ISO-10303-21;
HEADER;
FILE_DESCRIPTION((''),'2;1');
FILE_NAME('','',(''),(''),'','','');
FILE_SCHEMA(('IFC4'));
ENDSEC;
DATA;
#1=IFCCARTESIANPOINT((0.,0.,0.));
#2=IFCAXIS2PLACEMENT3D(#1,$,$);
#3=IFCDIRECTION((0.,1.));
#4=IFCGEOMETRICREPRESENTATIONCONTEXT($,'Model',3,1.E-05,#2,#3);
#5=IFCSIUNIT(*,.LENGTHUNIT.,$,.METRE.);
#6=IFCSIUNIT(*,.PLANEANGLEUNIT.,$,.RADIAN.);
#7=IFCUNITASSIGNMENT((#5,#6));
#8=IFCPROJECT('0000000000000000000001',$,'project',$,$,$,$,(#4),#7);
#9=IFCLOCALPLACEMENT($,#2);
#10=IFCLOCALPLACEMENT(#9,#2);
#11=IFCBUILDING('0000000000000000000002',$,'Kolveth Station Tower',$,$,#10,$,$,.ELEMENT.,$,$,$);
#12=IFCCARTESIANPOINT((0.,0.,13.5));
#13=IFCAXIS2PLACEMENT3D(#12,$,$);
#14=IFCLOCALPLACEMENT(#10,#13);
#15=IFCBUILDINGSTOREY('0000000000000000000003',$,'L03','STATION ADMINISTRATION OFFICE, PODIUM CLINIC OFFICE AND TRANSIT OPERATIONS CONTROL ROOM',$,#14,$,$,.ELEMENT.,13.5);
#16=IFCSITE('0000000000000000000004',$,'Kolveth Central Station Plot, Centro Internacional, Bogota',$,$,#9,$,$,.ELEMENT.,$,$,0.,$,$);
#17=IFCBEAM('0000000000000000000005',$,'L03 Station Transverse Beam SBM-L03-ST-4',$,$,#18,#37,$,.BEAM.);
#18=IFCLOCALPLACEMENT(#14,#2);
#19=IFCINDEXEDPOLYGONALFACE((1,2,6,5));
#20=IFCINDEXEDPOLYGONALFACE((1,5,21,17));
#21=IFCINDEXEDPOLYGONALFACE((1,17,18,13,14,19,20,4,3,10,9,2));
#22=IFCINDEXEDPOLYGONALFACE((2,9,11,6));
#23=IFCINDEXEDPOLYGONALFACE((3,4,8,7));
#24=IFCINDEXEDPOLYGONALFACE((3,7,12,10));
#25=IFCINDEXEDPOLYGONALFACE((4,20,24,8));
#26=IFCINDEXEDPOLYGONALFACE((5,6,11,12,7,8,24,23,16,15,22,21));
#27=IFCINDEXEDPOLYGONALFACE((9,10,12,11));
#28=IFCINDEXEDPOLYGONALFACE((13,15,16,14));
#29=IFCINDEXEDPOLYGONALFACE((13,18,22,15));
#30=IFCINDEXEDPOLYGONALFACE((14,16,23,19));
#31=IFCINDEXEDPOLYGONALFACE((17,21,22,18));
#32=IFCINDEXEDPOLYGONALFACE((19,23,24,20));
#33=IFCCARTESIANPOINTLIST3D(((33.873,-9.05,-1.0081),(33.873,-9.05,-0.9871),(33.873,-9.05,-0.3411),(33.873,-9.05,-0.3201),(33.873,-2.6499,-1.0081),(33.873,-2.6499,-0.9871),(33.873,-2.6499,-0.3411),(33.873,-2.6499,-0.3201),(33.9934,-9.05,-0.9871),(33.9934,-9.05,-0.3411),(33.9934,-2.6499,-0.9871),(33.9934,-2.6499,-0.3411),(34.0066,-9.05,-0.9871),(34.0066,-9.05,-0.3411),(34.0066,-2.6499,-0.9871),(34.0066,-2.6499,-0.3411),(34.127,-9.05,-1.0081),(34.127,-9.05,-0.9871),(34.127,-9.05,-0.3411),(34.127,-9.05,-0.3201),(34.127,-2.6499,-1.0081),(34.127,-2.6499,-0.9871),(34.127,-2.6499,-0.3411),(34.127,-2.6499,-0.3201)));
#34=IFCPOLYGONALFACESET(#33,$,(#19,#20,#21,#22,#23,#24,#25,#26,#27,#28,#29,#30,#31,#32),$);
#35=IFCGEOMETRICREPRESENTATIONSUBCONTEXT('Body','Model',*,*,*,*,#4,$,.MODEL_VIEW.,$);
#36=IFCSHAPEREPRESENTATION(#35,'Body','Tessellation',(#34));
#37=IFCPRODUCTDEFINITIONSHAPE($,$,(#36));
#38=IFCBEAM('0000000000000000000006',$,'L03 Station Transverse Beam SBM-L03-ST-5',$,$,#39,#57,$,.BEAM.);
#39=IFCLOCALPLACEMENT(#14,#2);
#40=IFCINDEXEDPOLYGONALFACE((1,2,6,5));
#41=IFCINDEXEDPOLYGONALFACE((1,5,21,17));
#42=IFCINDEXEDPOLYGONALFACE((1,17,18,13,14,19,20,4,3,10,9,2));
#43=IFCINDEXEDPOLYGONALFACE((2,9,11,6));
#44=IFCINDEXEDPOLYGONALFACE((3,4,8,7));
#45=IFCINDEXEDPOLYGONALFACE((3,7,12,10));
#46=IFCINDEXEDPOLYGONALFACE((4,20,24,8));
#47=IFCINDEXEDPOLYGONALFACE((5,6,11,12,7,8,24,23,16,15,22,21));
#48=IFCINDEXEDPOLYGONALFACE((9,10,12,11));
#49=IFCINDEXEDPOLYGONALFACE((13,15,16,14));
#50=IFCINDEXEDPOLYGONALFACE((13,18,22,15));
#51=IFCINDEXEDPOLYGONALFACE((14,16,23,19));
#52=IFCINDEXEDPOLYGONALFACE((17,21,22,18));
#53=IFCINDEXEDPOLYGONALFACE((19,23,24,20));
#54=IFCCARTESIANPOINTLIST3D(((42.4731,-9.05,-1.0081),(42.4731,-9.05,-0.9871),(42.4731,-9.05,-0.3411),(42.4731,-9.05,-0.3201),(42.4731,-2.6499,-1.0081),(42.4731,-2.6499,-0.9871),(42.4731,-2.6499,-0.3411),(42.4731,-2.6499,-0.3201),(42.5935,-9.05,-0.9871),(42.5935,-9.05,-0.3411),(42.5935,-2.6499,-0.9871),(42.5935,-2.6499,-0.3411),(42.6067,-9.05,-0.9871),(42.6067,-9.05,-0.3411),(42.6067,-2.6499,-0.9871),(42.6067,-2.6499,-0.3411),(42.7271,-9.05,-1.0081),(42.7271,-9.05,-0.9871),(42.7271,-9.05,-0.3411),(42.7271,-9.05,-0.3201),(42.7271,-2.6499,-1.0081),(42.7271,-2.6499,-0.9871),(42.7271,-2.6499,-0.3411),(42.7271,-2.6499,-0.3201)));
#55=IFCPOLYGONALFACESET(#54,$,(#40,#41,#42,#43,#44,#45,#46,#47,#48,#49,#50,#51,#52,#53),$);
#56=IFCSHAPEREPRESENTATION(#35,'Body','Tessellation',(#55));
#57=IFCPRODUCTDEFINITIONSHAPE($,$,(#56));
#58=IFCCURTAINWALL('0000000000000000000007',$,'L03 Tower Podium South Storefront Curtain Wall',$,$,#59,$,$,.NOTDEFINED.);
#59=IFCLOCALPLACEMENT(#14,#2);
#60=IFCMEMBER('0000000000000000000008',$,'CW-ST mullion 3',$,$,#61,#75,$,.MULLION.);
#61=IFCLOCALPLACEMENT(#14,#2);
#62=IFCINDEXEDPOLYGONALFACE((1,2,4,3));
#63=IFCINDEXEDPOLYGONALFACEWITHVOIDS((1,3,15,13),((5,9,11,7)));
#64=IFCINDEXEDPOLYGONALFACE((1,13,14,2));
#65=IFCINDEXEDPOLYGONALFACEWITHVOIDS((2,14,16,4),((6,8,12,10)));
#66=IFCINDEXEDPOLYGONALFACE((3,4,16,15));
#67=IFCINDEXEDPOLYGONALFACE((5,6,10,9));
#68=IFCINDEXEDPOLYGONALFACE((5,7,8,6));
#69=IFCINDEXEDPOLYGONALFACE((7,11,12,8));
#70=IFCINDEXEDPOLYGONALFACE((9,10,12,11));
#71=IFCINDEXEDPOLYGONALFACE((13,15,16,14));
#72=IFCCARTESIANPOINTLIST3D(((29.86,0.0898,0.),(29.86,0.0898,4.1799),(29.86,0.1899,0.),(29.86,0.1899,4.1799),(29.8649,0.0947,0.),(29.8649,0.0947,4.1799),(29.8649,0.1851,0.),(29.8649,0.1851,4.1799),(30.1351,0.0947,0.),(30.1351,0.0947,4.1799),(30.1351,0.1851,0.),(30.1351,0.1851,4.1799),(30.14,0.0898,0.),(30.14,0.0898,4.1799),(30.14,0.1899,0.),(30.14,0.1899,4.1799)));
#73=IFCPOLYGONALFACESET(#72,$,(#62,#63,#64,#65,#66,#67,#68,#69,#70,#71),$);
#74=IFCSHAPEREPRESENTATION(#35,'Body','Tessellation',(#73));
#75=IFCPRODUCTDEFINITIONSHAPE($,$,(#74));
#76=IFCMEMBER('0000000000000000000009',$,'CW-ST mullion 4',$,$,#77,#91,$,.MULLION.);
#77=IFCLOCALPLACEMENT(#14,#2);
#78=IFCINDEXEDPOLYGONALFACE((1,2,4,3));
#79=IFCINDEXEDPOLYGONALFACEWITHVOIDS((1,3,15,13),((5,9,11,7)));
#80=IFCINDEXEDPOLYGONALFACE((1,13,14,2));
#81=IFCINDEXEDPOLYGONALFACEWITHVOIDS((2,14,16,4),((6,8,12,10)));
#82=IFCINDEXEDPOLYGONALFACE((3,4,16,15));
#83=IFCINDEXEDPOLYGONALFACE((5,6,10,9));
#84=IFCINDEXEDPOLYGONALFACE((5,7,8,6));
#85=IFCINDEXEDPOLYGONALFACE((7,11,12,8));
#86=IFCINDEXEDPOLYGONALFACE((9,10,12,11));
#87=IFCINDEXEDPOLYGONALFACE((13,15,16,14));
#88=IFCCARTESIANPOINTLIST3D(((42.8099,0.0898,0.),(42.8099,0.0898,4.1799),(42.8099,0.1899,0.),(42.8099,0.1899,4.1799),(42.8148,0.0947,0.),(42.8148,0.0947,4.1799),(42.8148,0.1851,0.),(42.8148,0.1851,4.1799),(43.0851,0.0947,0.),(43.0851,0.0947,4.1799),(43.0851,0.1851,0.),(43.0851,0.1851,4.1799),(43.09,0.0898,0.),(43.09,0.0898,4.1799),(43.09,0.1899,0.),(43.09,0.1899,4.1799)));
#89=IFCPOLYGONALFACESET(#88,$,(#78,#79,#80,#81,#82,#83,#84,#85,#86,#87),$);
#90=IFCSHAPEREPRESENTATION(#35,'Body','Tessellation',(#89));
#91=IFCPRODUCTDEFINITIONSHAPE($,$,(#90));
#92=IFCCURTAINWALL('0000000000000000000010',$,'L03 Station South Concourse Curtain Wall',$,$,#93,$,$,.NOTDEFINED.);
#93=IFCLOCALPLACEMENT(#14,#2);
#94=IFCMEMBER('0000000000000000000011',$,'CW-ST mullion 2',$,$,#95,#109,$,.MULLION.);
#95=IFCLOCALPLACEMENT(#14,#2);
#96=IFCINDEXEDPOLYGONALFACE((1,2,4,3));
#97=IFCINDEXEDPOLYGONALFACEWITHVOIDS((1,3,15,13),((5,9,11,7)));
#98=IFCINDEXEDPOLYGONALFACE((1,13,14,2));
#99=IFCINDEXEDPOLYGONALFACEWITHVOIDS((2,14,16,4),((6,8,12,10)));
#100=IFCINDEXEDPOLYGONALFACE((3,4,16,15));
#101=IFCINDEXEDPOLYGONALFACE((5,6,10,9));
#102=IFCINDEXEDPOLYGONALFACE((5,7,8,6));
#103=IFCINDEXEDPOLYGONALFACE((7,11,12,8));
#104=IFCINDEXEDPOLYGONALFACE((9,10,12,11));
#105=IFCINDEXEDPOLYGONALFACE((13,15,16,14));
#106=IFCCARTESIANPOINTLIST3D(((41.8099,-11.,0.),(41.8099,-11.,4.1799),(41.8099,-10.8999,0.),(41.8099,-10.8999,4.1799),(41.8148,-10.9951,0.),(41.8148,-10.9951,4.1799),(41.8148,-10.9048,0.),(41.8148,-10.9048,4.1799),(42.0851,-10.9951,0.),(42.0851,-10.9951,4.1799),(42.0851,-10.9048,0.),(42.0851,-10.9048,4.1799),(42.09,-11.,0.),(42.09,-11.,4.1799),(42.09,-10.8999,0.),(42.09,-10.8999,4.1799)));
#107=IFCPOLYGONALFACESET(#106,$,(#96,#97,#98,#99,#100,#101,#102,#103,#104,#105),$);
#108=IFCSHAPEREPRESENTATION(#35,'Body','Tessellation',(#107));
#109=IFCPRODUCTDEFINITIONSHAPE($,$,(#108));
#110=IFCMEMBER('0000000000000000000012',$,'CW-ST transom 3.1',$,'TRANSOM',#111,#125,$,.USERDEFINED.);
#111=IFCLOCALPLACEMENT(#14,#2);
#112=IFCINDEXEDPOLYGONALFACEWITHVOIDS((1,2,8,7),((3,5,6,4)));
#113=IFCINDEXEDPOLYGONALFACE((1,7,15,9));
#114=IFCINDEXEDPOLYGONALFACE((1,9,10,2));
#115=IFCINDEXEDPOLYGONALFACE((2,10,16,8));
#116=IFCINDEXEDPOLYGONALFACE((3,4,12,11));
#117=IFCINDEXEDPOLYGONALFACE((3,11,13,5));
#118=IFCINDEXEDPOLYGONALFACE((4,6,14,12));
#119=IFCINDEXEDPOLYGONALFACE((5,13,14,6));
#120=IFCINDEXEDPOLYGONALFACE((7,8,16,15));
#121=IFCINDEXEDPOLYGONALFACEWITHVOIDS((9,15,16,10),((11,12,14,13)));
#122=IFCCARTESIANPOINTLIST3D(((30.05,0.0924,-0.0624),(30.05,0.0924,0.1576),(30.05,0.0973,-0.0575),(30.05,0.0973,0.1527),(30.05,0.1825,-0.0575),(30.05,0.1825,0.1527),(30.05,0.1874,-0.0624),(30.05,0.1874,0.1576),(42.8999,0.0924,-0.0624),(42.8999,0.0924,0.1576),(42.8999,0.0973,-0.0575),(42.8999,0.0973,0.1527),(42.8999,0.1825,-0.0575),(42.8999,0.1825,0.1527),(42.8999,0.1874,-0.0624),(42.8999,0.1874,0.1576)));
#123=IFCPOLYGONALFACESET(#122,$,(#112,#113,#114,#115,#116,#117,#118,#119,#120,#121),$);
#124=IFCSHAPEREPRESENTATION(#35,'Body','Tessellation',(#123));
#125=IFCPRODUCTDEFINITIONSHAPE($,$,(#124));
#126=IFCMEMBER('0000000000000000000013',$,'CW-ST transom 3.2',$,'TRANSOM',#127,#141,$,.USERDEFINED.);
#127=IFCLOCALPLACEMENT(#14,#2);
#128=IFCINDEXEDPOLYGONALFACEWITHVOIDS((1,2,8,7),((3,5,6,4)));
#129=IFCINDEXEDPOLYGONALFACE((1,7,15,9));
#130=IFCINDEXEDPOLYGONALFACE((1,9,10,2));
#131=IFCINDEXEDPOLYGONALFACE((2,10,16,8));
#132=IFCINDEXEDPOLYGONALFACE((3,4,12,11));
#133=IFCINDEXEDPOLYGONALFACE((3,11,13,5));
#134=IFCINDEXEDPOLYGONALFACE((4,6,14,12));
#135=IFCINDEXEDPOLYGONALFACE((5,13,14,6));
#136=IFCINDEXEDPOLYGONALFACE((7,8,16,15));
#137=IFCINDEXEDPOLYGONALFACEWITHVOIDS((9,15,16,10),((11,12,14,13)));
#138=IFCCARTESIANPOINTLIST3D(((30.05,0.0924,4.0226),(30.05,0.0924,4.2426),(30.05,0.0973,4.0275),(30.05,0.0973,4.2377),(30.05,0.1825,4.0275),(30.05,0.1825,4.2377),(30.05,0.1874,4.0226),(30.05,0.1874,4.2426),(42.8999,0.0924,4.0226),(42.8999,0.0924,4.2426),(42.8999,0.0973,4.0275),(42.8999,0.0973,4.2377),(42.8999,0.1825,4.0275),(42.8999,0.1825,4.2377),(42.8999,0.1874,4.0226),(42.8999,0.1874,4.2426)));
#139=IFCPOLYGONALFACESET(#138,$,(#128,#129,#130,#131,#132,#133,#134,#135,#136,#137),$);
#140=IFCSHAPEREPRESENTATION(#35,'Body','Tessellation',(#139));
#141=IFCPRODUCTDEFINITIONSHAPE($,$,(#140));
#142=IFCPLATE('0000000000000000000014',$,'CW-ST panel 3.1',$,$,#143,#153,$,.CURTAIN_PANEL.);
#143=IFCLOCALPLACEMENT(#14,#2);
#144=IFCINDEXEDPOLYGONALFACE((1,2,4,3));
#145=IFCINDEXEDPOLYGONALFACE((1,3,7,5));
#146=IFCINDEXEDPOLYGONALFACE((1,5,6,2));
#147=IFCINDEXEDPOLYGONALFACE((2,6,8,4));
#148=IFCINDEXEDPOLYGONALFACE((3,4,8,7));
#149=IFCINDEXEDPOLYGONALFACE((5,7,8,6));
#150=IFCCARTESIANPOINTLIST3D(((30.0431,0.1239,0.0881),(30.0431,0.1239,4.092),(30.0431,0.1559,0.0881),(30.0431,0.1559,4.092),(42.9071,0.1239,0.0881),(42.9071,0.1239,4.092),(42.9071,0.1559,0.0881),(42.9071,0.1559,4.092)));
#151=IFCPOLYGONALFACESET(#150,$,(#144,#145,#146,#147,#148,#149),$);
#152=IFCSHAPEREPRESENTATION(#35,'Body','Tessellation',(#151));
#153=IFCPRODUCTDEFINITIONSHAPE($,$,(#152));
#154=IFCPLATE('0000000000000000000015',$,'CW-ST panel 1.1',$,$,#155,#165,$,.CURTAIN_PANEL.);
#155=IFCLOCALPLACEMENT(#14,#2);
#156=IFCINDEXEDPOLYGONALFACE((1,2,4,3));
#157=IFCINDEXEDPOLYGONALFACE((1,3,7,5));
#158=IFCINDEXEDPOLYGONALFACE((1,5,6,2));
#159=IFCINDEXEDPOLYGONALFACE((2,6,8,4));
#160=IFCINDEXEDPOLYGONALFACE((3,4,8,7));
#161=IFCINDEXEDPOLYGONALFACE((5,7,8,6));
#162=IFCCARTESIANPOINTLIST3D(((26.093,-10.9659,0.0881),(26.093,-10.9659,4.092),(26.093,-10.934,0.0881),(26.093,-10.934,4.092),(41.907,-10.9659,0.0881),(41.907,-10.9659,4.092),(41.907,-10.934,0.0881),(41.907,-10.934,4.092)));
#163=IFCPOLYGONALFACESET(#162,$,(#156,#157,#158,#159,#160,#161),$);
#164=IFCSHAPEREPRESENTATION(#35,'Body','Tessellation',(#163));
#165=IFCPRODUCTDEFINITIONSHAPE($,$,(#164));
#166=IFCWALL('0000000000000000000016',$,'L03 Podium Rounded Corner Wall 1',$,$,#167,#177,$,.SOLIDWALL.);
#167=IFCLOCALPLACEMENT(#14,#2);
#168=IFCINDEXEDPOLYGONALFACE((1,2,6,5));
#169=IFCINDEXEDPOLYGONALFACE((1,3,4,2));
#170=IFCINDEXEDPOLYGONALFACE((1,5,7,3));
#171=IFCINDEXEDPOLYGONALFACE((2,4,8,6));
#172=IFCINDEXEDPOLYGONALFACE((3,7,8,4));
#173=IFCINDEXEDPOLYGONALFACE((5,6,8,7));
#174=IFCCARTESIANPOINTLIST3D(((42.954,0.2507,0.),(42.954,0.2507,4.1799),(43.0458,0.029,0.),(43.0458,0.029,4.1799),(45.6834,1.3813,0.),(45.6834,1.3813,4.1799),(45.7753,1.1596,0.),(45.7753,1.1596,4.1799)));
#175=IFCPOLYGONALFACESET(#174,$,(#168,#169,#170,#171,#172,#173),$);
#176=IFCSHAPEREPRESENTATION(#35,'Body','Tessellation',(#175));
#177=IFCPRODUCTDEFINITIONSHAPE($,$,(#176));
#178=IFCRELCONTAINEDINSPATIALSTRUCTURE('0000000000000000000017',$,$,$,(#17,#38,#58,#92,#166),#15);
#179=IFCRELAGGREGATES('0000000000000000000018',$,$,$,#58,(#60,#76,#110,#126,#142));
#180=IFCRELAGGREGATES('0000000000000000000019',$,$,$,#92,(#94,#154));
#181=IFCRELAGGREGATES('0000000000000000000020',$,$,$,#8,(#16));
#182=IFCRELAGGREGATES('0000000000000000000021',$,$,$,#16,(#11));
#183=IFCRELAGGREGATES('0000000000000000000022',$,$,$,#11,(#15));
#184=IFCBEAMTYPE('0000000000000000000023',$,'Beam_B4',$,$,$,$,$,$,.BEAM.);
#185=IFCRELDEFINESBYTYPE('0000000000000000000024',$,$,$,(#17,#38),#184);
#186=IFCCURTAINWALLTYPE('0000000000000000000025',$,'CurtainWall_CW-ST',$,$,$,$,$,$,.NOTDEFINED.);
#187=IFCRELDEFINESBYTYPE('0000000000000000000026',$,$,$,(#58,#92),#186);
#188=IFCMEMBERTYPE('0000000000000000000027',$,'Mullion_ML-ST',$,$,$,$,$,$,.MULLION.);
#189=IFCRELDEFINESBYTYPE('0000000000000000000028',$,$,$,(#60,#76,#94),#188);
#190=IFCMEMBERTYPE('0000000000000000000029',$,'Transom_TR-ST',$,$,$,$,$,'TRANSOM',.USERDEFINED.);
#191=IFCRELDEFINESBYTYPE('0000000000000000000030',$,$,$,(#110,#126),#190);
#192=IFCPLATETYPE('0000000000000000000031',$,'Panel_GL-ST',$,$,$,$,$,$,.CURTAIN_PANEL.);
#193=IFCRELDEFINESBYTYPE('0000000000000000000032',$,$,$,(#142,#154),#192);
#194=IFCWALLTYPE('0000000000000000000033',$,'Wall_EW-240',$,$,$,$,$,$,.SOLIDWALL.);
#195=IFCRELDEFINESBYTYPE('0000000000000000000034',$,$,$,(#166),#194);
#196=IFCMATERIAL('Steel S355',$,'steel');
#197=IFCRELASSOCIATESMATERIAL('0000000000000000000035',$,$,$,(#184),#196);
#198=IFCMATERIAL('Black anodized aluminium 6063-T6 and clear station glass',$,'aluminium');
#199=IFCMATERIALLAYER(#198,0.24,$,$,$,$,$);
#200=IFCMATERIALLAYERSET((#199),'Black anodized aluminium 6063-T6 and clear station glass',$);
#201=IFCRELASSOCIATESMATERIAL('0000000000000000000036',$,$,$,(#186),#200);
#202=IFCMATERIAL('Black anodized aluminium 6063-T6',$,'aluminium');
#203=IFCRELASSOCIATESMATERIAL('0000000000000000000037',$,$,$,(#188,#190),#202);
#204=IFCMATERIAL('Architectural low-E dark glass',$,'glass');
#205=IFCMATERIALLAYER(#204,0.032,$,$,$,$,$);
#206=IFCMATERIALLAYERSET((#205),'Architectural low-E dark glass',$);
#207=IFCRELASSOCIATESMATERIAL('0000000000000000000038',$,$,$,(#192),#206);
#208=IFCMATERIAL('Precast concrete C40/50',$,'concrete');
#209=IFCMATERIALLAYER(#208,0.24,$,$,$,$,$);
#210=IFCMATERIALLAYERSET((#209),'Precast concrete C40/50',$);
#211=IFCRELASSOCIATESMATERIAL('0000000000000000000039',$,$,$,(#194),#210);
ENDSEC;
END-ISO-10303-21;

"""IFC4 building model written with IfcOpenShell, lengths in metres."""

from ifc_helpers import new_model, si_unit, direction, frame, frame_2d, origin, origin_2d, place, context, subcontext, project, spatial, rectangle, hollow_rectangle, i_section, extrude, source, transform, mapped, material, layer, layer_set, material_profile, profile_set, type_object, element, aggregate, save


model = new_model("IFC4")

# Units and contexts
model_context = context("Model", 3, precision=1e-05, world=origin(), true_north=direction((0.0, 1.0)))
body_context = subcontext(model_context, "Body", "Model", "MODEL_VIEW")
ifc_project = project(units=[si_unit("LENGTHUNIT", "METRE"), si_unit("PLANEANGLEUNIT", "RADIAN")], contexts=[model_context])

# Site, building, storey
site_placement = place(None, origin())
site = spatial("IfcSite", under=ifc_project, at=site_placement, Name="Kolveth Central Station Plot, Centro Internacional, Bogota", CompositionType="ELEMENT", RefElevation=0.0)
building_placement = place(site_placement, origin())
building = spatial("IfcBuilding", under=site, at=building_placement, Name="Kolveth Station Tower", CompositionType="ELEMENT")
storey_placement = place(building_placement, frame((0.0, 0.0, 13.5)))
storey = spatial("IfcBuildingStorey", under=building, at=storey_placement, Name="L03", Description="STATION ADMINISTRATION OFFICE, PODIUM CLINIC OFFICE AND TRANSIT OPERATIONS CONTROL ROOM", CompositionType="ELEMENT", Elevation=13.5)

# Shared definitions
ifc_material_1 = material(Name="Steel S355", Category="steel")

# Beams
ifc_material_profile_1 = material_profile(ifc_material_1, i_section(OverallWidth=0.2539, OverallDepth=0.688, WebThickness=0.0132, FlangeThickness=0.021, at=origin_2d()), Name="W690x152")
ifc_profile_set_1 = profile_set([ifc_material_profile_1], Name="Steel S355")
beam_type_1 = type_object("IfcBeamType", Name="Beam_B4", PredefinedType="BEAM", material=ifc_profile_set_1)
shared_shape_1 = source(origin(), body_context, "Body", "SweptSolid", [
    extrude(i_section(OverallWidth=0.2539, OverallDepth=0.688, WebThickness=0.0132, FlangeThickness=0.021, at=origin_2d()), origin(), (0.0, 0.0, 1.0), 6.4001),
])
for number, where, z_axis, x_axis, name in (
    (1, (34.0, -9.05, -0.6641), (0.0, 1.0, 0.0), (-1.0, 0.0, 0.0), "L03 Station Transverse Beam SBM-L03-ST-4"),
    (2, (42.6001, -9.05, -0.6641), (0.0, 1.0, 0.0), (-1.0, 0.0, 0.0), "L03 Station Transverse Beam SBM-L03-ST-5"),
):
    element("IfcBeam", number, at=place(storey_placement, frame(where, z_axis=z_axis, x_axis=x_axis)), inside=storey, type_object=beam_type_1, Name=name, PredefinedType="BEAM", context=body_context, shape_type="MappedRepresentation", body=[
        mapped(shared_shape_1, transform((0.0, 0.0, 0.0), x_axis=(1.0, 0.0, 0.0), y_axis=(0.0, 1.0, 0.0), z_axis=(0.0, 0.0, 1.0), scale=1.0)),
    ])

# Curtain wall, members
ifc_material_2 = material(Name="Black anodized aluminium 6063-T6 and clear station glass", Category="aluminium")
ifc_layer_1 = layer(ifc_material_2, 0.24)
ifc_layer_set_1 = layer_set([ifc_layer_1], Name="Black anodized aluminium 6063-T6 and clear station glass")
curtain_wall_type = type_object("IfcCurtainWallType", Name="CurtainWall_CW-ST", PredefinedType="NOTDEFINED", material=ifc_layer_set_1)
curtain_wall_1_placement = place(storey_placement, origin())
curtain_wall_1 = element("IfcCurtainWall", 3, at=curtain_wall_1_placement, inside=storey, type_object=curtain_wall_type, Name="L03 Tower Podium South Storefront Curtain Wall", PredefinedType="NOTDEFINED")
ifc_material_3 = material(Name="Black anodized aluminium 6063-T6", Category="aluminium")
ifc_material_profile_2 = material_profile(ifc_material_3, hollow_rectangle(XDim=0.1001, YDim=0.28, WallThickness=0.0049, at=origin_2d()), Name="ALU-100x280x5")
ifc_profile_set_2 = profile_set([ifc_material_profile_2], Name="Black anodized aluminium 6063-T6")
member_type_1 = type_object("IfcMemberType", Name="Mullion_ML-ST", PredefinedType="MULLION", material=ifc_profile_set_2)
shared_shape_2 = source(origin(), body_context, "Body", "SweptSolid", [
    extrude(hollow_rectangle(XDim=0.1001, YDim=0.28, WallThickness=0.0049, at=origin_2d()), origin(), (0.0, 0.0, 1.0), 4.1799),
])
member_1_placement = place(storey_placement, frame((30.0, 0.1399, 0.0), z_axis=(0.0, 0.0, 1.0), x_axis=(0.0, 1.0, 0.0)))
member_1 = element("IfcMember", 4, at=member_1_placement, type_object=member_type_1, Name="CW-ST mullion 3", PredefinedType="MULLION", context=body_context, shape_type="MappedRepresentation", body=[
    mapped(shared_shape_2, transform((0.0, 0.0, 0.0), x_axis=(1.0, 0.0, 0.0), y_axis=(0.0, 1.0, 0.0), z_axis=(0.0, 0.0, 1.0), scale=1.0)),
])
member_2_placement = place(storey_placement, frame((42.95, 0.1399, 0.0), z_axis=(0.0, 0.0, 1.0), x_axis=(0.0, 1.0, 0.0)))
member_2 = element("IfcMember", 5, at=member_2_placement, type_object=member_type_1, Name="CW-ST mullion 4", PredefinedType="MULLION", context=body_context, shape_type="MappedRepresentation", body=[
    mapped(shared_shape_2, transform((0.0, 0.0, 0.0), x_axis=(1.0, 0.0, 0.0), y_axis=(0.0, 1.0, 0.0), z_axis=(0.0, 0.0, 1.0), scale=1.0)),
])

# Curtain wall, member
curtain_wall_2_placement = place(storey_placement, origin())
curtain_wall_2 = element("IfcCurtainWall", 6, at=curtain_wall_2_placement, inside=storey, type_object=curtain_wall_type, Name="L03 Station South Concourse Curtain Wall", PredefinedType="NOTDEFINED")
member_3_placement = place(storey_placement, frame((41.95, -10.95, 0.0), z_axis=(0.0, 0.0, 1.0), x_axis=(0.0, 1.0, 0.0)))
member_3 = element("IfcMember", 7, at=member_3_placement, type_object=member_type_1, Name="CW-ST mullion 2", PredefinedType="MULLION", context=body_context, shape_type="MappedRepresentation", body=[
    mapped(shared_shape_2, transform((0.0, 0.0, 0.0), x_axis=(1.0, 0.0, 0.0), y_axis=(0.0, 1.0, 0.0), z_axis=(0.0, 0.0, 1.0), scale=1.0)),
])

# Members
ifc_material_profile_3 = material_profile(ifc_material_3, hollow_rectangle(XDim=0.095, YDim=0.22, WallThickness=0.0049, at=origin_2d()), Name="ALU-95x220x5")
ifc_profile_set_3 = profile_set([ifc_material_profile_3], Name="Black anodized aluminium 6063-T6")
member_type_2 = type_object("IfcMemberType", Name="Transom_TR-ST", ElementType="TRANSOM", PredefinedType="USERDEFINED", material=ifc_profile_set_3)
shared_shape_3 = source(origin(), body_context, "Body", "SweptSolid", [
    extrude(hollow_rectangle(XDim=0.095, YDim=0.22, WallThickness=0.0049, at=origin_2d()), origin(), (0.0, 0.0, 1.0), 12.8499),
])
member_4_placement = place(storey_placement, frame((30.05, 0.1399, 0.0476), z_axis=(1.0, 0.0, 0.0), x_axis=(0.0, 1.0, 0.0)))
member_4 = element("IfcMember", 8, at=member_4_placement, type_object=member_type_2, Name="CW-ST transom 3.1", ObjectType="TRANSOM", PredefinedType="USERDEFINED", context=body_context, shape_type="MappedRepresentation", body=[
    mapped(shared_shape_3, transform((0.0, 0.0, 0.0), x_axis=(1.0, 0.0, 0.0), y_axis=(0.0, 1.0, 0.0), z_axis=(0.0, 0.0, 1.0), scale=1.0)),
])
member_5_placement = place(storey_placement, frame((30.05, 0.1399, 4.1326), z_axis=(1.0, 0.0, 0.0), x_axis=(0.0, 1.0, 0.0)))
member_5 = element("IfcMember", 9, at=member_5_placement, type_object=member_type_2, Name="CW-ST transom 3.2", ObjectType="TRANSOM", PredefinedType="USERDEFINED", context=body_context, shape_type="MappedRepresentation", body=[
    mapped(shared_shape_3, transform((0.0, 0.0, 0.0), x_axis=(1.0, 0.0, 0.0), y_axis=(0.0, 1.0, 0.0), z_axis=(0.0, 0.0, 1.0), scale=1.0)),
])

# Plates
ifc_material_4 = material(Name="Architectural low-E dark glass", Category="glass")
ifc_layer_2 = layer(ifc_material_4, 0.032)
ifc_layer_set_2 = layer_set([ifc_layer_2], Name="Architectural low-E dark glass")
plate_type = type_object("IfcPlateType", Name="Panel_GL-ST", PredefinedType="CURTAIN_PANEL", material=ifc_layer_set_2)
shared_shape_4 = source(origin(), body_context, "Body", "SweptSolid", [
    extrude(rectangle(XDim=12.864, YDim=0.032, at=origin_2d()), origin(), (0.0, 0.0, 1.0), 4.0039),
])
plate_1_placement = place(storey_placement, frame((36.4751, 0.1399, 0.0881), z_axis=(0.0, 0.0, 1.0), x_axis=(1.0, 0.0, 0.0)))
plate_1 = element("IfcPlate", 10, at=plate_1_placement, type_object=plate_type, Name="CW-ST panel 3.1", PredefinedType="CURTAIN_PANEL", context=body_context, shape_type="MappedRepresentation", body=[
    mapped(shared_shape_4, transform((0.0, 0.0, 0.0), x_axis=(1.0, 0.0, 0.0), y_axis=(0.0, 1.0, 0.0), z_axis=(0.0, 0.0, 1.0), scale=1.0)),
])
aggregate(curtain_wall_1, [member_1, member_2, member_4, member_5, plate_1])
shared_shape_5 = source(origin(), body_context, "Body", "SweptSolid", [
    extrude(rectangle(XDim=15.814, YDim=0.032, at=origin_2d()), origin(), (0.0, 0.0, 1.0), 4.0039),
])
plate_2_placement = place(storey_placement, frame((34.0, -10.95, 0.0881), z_axis=(0.0, 0.0, 1.0), x_axis=(1.0, 0.0, 0.0)))
plate_2 = element("IfcPlate", 11, at=plate_2_placement, type_object=plate_type, Name="CW-ST panel 1.1", PredefinedType="CURTAIN_PANEL", context=body_context, shape_type="MappedRepresentation", body=[
    mapped(shared_shape_5, transform((0.0, 0.0, 0.0), x_axis=(1.0, 0.0, 0.0), y_axis=(0.0, 1.0, 0.0), z_axis=(0.0, 0.0, 1.0), scale=1.0)),
])
aggregate(curtain_wall_2, [member_3, plate_2])

# Wall
ifc_material_5 = material(Name="Precast concrete C40/50", Category="concrete")
ifc_layer_3 = layer(ifc_material_5, 0.24)
ifc_layer_set_3 = layer_set([ifc_layer_3], Name="Precast concrete C40/50")
wall_type_1 = type_object("IfcWallType", Name="Wall_EW-240", PredefinedType="SOLIDWALL", material=ifc_layer_set_3)
wall_1_placement = place(storey_placement, frame((43.0, 0.1399, 0.0), z_axis=(0.0, 0.0, 1.0), x_axis=(0.923877, 0.38269, 0.0)))
element("IfcWall", 12, at=wall_1_placement, inside=storey, type_object=wall_type_1, Name="L03 Podium Rounded Corner Wall 1", PredefinedType="SOLIDWALL", context=body_context, shape_type="SweptSolid", body=[
    extrude(rectangle(XDim=2.9543, YDim=0.24, at=frame_2d((1.4771, 0.0))), origin(), (0.0, 0.0, 1.0), 4.1799),
])

save(model, "model.ifc")
